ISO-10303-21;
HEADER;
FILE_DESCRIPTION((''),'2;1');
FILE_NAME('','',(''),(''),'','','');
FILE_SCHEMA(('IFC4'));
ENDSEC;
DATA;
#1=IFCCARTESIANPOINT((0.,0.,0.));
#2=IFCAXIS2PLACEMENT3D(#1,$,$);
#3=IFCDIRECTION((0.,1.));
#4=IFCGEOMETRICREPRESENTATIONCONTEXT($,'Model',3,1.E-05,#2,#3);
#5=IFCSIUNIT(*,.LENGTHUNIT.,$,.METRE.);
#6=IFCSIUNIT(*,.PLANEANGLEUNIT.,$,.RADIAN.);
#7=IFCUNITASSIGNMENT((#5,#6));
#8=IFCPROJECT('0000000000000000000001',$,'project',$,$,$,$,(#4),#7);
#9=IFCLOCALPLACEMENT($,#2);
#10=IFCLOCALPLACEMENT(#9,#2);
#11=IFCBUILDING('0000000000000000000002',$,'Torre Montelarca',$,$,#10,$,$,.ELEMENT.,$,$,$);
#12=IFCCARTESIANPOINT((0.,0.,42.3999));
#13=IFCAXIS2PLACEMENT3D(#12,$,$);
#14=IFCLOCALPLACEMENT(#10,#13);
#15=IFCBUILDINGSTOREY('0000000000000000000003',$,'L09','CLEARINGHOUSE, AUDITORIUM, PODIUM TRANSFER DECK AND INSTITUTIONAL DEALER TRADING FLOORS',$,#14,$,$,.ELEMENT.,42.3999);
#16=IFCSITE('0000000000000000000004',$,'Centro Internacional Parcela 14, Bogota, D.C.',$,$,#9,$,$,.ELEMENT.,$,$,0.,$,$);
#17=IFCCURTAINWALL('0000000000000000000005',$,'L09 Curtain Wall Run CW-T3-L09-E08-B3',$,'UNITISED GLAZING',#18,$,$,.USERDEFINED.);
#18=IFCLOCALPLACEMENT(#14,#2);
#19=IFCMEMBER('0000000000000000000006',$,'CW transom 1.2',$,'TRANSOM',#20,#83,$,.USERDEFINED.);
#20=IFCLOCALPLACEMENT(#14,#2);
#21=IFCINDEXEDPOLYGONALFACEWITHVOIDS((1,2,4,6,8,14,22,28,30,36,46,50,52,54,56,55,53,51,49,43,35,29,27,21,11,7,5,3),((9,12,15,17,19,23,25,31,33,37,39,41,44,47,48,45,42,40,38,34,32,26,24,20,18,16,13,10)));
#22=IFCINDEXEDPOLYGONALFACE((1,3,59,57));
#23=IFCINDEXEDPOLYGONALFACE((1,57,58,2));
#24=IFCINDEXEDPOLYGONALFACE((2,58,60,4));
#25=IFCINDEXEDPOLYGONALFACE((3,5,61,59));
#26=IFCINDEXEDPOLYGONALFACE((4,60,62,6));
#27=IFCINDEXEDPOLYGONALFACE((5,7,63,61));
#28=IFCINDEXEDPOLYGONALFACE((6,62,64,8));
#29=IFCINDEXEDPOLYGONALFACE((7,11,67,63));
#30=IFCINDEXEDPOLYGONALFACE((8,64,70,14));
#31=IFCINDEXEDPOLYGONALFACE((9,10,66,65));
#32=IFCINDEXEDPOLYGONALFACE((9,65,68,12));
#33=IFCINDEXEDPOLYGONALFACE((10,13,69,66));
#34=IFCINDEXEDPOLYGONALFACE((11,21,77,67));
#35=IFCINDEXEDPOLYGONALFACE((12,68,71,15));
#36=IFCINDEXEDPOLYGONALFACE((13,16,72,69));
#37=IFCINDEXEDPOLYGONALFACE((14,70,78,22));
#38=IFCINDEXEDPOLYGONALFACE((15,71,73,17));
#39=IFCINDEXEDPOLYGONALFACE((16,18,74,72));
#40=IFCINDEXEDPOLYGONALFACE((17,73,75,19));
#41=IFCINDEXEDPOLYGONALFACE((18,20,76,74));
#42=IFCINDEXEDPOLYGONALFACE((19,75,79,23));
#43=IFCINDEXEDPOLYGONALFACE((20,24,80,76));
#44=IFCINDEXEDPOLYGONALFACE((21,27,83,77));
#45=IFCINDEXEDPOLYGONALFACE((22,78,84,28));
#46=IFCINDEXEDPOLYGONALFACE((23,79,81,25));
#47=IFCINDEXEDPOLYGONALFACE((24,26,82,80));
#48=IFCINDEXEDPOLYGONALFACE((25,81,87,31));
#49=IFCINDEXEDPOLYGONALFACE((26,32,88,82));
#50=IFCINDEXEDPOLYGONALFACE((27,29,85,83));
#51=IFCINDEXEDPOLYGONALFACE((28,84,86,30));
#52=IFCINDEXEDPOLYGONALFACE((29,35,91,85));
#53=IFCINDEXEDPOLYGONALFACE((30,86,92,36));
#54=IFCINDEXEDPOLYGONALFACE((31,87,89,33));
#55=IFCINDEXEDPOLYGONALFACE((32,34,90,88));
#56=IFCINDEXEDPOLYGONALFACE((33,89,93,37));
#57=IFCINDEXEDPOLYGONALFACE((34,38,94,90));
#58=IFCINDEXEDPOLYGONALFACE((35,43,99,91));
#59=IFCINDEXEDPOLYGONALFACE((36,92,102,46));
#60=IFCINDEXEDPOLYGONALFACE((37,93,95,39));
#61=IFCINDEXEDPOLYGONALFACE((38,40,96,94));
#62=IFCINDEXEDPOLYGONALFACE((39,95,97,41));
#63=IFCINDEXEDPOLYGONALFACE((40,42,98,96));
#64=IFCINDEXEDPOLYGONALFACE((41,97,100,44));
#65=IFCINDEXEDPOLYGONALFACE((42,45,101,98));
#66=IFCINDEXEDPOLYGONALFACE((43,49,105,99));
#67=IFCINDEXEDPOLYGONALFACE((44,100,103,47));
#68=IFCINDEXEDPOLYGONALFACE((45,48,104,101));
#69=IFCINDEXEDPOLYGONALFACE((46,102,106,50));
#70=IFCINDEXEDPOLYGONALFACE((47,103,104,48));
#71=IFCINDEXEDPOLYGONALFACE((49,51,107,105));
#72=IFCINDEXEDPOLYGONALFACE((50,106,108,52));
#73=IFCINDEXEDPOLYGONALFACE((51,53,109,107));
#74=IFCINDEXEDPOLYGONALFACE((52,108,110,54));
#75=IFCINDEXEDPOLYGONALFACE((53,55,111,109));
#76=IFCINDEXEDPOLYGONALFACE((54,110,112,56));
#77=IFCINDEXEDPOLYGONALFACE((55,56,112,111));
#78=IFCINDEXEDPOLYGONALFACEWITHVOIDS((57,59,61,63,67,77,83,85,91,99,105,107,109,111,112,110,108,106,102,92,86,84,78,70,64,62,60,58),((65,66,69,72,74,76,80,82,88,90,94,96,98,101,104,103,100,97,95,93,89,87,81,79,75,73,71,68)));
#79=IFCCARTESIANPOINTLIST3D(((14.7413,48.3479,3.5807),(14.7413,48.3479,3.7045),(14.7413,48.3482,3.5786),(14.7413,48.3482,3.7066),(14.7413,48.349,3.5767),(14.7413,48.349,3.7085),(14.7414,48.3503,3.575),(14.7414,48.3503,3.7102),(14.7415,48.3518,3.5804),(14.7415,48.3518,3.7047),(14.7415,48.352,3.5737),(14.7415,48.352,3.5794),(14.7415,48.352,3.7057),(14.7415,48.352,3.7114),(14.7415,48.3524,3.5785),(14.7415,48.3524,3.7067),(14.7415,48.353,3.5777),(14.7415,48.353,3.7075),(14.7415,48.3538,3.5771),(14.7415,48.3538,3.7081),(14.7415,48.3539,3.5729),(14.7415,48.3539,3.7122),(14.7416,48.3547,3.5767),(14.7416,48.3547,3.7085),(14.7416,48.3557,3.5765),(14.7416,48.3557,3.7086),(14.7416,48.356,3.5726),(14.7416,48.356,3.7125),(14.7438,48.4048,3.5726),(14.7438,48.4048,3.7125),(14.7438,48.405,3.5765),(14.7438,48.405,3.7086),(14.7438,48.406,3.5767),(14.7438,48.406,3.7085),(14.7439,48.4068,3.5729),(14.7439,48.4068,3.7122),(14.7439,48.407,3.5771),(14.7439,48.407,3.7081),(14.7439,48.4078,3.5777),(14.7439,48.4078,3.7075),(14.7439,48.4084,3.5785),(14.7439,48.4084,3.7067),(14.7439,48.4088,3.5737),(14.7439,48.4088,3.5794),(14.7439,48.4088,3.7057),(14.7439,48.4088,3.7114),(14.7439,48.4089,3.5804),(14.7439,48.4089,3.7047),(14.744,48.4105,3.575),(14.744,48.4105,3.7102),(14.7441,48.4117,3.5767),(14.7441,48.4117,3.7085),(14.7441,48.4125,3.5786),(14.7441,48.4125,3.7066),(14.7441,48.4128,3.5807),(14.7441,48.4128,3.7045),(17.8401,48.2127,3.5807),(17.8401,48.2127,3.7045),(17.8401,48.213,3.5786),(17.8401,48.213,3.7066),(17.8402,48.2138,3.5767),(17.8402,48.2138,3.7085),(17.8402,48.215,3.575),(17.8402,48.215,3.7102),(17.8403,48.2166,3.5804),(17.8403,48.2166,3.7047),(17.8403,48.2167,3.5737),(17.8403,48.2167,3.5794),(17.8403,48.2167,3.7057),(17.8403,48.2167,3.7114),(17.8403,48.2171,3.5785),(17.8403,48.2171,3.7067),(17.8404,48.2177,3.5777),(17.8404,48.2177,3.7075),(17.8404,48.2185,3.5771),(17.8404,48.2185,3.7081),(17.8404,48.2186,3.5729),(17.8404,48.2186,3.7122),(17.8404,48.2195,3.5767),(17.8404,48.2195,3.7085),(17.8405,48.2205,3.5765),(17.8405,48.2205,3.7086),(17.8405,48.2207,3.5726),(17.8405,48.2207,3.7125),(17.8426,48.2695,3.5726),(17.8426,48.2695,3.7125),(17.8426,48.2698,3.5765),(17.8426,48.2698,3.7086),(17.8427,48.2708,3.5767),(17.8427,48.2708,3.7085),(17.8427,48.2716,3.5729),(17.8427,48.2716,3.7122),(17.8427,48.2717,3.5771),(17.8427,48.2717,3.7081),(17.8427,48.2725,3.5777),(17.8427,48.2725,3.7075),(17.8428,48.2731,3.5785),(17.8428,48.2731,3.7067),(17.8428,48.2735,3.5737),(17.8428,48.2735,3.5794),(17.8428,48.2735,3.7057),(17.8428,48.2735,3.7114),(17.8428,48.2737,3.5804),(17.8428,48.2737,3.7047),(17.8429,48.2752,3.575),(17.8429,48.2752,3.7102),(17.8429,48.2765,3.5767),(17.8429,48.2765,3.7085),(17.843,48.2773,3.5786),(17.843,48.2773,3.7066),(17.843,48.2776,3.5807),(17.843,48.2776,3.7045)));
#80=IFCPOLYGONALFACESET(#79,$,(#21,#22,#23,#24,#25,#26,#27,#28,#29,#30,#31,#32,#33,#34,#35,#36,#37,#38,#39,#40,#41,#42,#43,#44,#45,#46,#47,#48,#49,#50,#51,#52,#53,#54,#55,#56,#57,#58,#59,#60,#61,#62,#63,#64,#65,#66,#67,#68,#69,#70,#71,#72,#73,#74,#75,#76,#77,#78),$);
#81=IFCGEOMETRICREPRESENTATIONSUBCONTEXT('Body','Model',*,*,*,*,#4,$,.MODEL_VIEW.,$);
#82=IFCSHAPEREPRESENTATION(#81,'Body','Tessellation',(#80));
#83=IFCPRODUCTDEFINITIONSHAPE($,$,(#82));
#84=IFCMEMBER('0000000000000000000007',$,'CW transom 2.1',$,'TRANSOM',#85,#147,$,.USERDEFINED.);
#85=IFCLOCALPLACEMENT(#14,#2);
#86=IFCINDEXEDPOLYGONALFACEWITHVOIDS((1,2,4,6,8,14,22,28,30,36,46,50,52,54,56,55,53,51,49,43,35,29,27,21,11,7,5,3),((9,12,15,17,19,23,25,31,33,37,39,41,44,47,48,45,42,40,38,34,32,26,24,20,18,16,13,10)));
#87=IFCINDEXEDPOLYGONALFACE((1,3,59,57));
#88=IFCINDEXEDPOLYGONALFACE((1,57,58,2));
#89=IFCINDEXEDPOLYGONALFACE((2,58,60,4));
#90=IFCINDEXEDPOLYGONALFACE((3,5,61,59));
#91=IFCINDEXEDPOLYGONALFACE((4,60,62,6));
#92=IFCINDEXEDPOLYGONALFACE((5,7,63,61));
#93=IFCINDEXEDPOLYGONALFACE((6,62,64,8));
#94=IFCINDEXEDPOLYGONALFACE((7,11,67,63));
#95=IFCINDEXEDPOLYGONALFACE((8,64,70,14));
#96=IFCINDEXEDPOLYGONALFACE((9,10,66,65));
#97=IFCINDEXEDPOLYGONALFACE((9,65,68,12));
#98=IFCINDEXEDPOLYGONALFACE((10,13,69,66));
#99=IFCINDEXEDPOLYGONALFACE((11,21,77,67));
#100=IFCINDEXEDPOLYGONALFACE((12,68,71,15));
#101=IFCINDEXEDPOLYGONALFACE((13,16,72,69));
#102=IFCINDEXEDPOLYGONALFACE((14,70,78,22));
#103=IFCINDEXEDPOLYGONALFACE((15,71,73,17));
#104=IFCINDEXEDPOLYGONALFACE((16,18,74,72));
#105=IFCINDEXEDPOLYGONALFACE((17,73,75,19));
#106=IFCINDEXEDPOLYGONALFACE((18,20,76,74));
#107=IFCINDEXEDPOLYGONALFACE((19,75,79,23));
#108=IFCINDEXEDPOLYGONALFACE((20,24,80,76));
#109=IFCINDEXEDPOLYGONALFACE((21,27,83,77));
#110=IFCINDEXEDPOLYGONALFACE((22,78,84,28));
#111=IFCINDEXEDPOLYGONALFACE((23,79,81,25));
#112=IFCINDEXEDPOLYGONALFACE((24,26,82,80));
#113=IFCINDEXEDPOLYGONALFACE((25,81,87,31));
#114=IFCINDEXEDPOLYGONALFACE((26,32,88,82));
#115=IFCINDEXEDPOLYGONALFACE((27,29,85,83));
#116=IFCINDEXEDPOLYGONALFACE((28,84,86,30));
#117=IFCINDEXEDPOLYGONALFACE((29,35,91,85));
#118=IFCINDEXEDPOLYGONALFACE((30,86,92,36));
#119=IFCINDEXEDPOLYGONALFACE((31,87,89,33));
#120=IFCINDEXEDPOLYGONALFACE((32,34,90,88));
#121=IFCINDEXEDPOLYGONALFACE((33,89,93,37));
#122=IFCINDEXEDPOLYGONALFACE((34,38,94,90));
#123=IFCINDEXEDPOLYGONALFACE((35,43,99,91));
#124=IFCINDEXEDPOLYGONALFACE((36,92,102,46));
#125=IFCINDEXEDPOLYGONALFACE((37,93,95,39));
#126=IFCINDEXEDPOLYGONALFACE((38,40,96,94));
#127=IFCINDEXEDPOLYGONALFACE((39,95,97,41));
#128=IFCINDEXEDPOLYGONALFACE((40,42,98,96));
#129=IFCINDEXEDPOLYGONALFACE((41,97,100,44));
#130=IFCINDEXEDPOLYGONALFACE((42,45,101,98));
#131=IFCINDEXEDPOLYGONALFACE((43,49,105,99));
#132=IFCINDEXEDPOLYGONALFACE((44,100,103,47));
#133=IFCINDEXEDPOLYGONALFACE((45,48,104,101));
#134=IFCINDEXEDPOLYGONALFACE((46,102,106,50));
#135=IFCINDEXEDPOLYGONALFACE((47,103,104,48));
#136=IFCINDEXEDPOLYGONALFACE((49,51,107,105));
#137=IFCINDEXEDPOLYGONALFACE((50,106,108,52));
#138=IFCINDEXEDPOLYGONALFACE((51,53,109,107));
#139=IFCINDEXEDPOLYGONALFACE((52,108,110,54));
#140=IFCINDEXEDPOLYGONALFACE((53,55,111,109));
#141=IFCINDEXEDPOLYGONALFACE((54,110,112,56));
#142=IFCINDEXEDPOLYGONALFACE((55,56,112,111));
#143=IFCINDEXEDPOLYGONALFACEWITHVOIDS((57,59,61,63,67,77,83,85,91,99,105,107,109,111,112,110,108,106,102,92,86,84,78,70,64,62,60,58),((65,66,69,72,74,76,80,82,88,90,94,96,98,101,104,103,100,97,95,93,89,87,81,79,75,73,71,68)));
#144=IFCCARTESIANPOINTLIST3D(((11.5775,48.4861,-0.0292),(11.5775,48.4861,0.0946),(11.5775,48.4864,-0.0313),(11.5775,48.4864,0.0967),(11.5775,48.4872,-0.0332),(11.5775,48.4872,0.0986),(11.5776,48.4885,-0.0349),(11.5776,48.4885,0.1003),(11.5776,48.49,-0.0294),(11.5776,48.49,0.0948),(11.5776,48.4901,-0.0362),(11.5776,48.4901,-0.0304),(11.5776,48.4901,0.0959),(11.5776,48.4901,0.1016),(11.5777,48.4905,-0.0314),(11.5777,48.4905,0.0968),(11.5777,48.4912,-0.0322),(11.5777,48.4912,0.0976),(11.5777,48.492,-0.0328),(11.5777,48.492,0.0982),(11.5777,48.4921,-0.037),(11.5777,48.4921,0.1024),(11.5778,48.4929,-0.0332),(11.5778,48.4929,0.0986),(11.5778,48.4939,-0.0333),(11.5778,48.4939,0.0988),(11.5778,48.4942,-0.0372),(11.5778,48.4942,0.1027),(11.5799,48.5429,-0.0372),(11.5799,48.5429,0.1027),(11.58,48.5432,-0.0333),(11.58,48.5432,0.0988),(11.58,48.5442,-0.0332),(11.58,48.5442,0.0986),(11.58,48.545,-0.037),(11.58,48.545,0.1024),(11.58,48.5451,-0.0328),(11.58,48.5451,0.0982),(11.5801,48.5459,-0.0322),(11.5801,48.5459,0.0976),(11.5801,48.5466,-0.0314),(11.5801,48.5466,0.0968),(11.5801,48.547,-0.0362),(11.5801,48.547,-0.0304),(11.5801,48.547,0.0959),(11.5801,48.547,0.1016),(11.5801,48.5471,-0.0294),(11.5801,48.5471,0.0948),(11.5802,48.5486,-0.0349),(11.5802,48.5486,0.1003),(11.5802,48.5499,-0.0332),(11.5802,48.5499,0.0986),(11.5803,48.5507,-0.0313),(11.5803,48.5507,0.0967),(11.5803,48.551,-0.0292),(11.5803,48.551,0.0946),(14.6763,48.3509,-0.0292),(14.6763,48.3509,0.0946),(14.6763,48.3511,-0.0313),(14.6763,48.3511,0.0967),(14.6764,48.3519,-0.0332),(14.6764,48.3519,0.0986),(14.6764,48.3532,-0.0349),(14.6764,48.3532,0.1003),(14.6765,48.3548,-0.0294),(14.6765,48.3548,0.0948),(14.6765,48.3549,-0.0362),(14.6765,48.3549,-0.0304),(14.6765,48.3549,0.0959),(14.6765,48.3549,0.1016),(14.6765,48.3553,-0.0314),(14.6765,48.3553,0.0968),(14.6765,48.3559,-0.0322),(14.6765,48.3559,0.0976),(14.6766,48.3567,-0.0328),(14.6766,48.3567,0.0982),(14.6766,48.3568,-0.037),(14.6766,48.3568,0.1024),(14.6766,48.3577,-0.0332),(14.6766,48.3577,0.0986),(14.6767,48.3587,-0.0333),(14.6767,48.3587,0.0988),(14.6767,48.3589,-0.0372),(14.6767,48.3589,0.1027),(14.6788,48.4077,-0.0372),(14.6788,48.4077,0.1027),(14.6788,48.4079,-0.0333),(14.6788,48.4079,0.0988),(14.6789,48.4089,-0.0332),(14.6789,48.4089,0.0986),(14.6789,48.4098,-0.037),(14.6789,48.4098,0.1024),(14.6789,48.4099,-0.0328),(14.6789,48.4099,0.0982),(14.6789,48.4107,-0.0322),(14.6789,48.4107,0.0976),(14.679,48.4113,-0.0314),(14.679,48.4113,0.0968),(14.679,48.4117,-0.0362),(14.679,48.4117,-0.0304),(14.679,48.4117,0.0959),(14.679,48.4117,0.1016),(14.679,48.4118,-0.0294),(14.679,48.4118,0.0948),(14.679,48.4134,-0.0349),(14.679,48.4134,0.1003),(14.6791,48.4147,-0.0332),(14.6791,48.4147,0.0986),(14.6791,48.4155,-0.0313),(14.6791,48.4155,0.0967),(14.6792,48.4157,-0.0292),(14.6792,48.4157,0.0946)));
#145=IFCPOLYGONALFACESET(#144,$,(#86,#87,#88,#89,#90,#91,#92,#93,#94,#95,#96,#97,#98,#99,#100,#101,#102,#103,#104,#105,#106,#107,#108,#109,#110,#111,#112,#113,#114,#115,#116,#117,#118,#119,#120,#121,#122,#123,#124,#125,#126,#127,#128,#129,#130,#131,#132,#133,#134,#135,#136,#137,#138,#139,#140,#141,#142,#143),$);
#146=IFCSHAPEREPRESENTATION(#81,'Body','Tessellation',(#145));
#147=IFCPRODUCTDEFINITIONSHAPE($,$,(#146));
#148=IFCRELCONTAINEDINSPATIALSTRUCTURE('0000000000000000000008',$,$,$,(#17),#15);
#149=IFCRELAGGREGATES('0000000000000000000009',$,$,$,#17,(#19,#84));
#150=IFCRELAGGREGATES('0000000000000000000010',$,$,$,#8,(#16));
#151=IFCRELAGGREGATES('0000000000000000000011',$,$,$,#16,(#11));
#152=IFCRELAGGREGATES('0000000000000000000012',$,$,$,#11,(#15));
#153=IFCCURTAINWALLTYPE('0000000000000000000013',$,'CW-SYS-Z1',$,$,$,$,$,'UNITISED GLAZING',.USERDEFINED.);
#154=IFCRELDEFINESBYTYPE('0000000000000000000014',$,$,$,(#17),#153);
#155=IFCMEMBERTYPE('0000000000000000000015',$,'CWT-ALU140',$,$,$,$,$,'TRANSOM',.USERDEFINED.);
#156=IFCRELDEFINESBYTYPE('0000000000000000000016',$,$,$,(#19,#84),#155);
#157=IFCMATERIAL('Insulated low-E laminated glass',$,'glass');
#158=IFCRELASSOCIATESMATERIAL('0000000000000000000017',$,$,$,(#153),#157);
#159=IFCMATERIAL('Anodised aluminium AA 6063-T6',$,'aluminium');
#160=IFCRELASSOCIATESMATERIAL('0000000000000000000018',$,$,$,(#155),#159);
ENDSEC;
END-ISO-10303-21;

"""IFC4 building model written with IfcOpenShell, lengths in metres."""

from ifc_helpers import new_model, si_unit, direction, frame, origin, origin_2d, place, context, subcontext, project, spatial, hollow_rectangle, extrude, source, transform, mapped, material, material_profile, profile_set, type_object, element, aggregate, save


model = new_model("IFC4")

# Units and contexts
model_context = context("Model", 3, precision=1e-05, world=origin(), true_north=direction((0.0, 1.0)))
body_context = subcontext(model_context, "Body", "Model", "MODEL_VIEW")
ifc_project = project(units=[si_unit("LENGTHUNIT", "METRE"), si_unit("PLANEANGLEUNIT", "RADIAN")], contexts=[model_context])

# Site, building, storey
site_placement = place(None, origin())
site = spatial("IfcSite", under=ifc_project, at=site_placement, Name="Centro Internacional Parcela 14, Bogota, D.C.", CompositionType="ELEMENT", RefElevation=0.0)
building_placement = place(site_placement, origin())
building = spatial("IfcBuilding", under=site, at=building_placement, Name="Torre Montelarca", CompositionType="ELEMENT")
storey_placement = place(building_placement, frame((0.0, 0.0, 42.3999)))
storey = spatial("IfcBuildingStorey", under=building, at=storey_placement, Name="L09", Description="CLEARINGHOUSE, AUDITORIUM, PODIUM TRANSFER DECK AND INSTITUTIONAL DEALER TRADING FLOORS", CompositionType="ELEMENT", Elevation=42.3999)

# Curtain wall, members
ifc_material_1 = material(Name="Insulated low-E laminated glass", Category="glass")
curtain_wall_type = type_object("IfcCurtainWallType", Name="CW-SYS-Z1", ElementType="UNITISED GLAZING", PredefinedType="USERDEFINED", material=ifc_material_1)
ifc_material_2 = material(Name="Anodised aluminium AA 6063-T6", Category="aluminium")
ifc_material_profile_1 = material_profile(ifc_material_2, hollow_rectangle(XDim=0.0649, YDim=0.1399, WallThickness=0.0039, InnerFilletRadius=0.0039, OuterFilletRadius=0.0081, at=origin_2d()), Name="ALU65X140X4", Category="aluminium")
ifc_profile_set_1 = profile_set([ifc_material_profile_1], Name="Anodised aluminium AA 6063-T6")
member_type_1 = type_object("IfcMemberType", Name="CWT-ALU140", ElementType="TRANSOM", PredefinedType="USERDEFINED", material=ifc_profile_set_1)
curtain_wall_1_placement = place(storey_placement, origin())
curtain_wall_1 = element("IfcCurtainWall", 1, at=curtain_wall_1_placement, inside=storey, type_object=curtain_wall_type, Name="L09 Curtain Wall Run CW-T3-L09-E08-B3", ObjectType="UNITISED GLAZING", PredefinedType="USERDEFINED")
shared_shape_1 = source(origin(), body_context, "Body", "SweptSolid", [
    extrude(hollow_rectangle(XDim=0.0649, YDim=0.1399, WallThickness=0.0039, InnerFilletRadius=0.0039, OuterFilletRadius=0.0081, at=origin_2d()), origin(), (0.0, 0.0, 1.0), 3.1018),
])
member_1_placement = place(storey_placement, frame((17.8416, 48.2451, 3.6426), z_axis=(-0.999049, 0.043605, 0.0), x_axis=(-0.043605, -0.999049, 0.0)))
member_1 = element("IfcMember", 2, at=member_1_placement, type_object=member_type_1, Name="CW transom 1.2", ObjectType="TRANSOM", PredefinedType="USERDEFINED", context=body_context, shape_type="MappedRepresentation", body=[
    mapped(shared_shape_1, transform((0.0, 0.0, 0.0), scale=1.0)),
])
member_2_placement = place(storey_placement, frame((14.6777, 48.3833, 0.0327), z_axis=(-0.999049, 0.043605, 0.0), x_axis=(-0.043605, -0.999049, 0.0)))
member_2 = element("IfcMember", 3, at=member_2_placement, type_object=member_type_1, Name="CW transom 2.1", ObjectType="TRANSOM", PredefinedType="USERDEFINED", context=body_context, shape_type="MappedRepresentation", body=[
    mapped(shared_shape_1, transform((0.0, 0.0, 0.0), scale=1.0)),
])

aggregate(curtain_wall_1, [member_1, member_2])

save(model, "model.ifc")
